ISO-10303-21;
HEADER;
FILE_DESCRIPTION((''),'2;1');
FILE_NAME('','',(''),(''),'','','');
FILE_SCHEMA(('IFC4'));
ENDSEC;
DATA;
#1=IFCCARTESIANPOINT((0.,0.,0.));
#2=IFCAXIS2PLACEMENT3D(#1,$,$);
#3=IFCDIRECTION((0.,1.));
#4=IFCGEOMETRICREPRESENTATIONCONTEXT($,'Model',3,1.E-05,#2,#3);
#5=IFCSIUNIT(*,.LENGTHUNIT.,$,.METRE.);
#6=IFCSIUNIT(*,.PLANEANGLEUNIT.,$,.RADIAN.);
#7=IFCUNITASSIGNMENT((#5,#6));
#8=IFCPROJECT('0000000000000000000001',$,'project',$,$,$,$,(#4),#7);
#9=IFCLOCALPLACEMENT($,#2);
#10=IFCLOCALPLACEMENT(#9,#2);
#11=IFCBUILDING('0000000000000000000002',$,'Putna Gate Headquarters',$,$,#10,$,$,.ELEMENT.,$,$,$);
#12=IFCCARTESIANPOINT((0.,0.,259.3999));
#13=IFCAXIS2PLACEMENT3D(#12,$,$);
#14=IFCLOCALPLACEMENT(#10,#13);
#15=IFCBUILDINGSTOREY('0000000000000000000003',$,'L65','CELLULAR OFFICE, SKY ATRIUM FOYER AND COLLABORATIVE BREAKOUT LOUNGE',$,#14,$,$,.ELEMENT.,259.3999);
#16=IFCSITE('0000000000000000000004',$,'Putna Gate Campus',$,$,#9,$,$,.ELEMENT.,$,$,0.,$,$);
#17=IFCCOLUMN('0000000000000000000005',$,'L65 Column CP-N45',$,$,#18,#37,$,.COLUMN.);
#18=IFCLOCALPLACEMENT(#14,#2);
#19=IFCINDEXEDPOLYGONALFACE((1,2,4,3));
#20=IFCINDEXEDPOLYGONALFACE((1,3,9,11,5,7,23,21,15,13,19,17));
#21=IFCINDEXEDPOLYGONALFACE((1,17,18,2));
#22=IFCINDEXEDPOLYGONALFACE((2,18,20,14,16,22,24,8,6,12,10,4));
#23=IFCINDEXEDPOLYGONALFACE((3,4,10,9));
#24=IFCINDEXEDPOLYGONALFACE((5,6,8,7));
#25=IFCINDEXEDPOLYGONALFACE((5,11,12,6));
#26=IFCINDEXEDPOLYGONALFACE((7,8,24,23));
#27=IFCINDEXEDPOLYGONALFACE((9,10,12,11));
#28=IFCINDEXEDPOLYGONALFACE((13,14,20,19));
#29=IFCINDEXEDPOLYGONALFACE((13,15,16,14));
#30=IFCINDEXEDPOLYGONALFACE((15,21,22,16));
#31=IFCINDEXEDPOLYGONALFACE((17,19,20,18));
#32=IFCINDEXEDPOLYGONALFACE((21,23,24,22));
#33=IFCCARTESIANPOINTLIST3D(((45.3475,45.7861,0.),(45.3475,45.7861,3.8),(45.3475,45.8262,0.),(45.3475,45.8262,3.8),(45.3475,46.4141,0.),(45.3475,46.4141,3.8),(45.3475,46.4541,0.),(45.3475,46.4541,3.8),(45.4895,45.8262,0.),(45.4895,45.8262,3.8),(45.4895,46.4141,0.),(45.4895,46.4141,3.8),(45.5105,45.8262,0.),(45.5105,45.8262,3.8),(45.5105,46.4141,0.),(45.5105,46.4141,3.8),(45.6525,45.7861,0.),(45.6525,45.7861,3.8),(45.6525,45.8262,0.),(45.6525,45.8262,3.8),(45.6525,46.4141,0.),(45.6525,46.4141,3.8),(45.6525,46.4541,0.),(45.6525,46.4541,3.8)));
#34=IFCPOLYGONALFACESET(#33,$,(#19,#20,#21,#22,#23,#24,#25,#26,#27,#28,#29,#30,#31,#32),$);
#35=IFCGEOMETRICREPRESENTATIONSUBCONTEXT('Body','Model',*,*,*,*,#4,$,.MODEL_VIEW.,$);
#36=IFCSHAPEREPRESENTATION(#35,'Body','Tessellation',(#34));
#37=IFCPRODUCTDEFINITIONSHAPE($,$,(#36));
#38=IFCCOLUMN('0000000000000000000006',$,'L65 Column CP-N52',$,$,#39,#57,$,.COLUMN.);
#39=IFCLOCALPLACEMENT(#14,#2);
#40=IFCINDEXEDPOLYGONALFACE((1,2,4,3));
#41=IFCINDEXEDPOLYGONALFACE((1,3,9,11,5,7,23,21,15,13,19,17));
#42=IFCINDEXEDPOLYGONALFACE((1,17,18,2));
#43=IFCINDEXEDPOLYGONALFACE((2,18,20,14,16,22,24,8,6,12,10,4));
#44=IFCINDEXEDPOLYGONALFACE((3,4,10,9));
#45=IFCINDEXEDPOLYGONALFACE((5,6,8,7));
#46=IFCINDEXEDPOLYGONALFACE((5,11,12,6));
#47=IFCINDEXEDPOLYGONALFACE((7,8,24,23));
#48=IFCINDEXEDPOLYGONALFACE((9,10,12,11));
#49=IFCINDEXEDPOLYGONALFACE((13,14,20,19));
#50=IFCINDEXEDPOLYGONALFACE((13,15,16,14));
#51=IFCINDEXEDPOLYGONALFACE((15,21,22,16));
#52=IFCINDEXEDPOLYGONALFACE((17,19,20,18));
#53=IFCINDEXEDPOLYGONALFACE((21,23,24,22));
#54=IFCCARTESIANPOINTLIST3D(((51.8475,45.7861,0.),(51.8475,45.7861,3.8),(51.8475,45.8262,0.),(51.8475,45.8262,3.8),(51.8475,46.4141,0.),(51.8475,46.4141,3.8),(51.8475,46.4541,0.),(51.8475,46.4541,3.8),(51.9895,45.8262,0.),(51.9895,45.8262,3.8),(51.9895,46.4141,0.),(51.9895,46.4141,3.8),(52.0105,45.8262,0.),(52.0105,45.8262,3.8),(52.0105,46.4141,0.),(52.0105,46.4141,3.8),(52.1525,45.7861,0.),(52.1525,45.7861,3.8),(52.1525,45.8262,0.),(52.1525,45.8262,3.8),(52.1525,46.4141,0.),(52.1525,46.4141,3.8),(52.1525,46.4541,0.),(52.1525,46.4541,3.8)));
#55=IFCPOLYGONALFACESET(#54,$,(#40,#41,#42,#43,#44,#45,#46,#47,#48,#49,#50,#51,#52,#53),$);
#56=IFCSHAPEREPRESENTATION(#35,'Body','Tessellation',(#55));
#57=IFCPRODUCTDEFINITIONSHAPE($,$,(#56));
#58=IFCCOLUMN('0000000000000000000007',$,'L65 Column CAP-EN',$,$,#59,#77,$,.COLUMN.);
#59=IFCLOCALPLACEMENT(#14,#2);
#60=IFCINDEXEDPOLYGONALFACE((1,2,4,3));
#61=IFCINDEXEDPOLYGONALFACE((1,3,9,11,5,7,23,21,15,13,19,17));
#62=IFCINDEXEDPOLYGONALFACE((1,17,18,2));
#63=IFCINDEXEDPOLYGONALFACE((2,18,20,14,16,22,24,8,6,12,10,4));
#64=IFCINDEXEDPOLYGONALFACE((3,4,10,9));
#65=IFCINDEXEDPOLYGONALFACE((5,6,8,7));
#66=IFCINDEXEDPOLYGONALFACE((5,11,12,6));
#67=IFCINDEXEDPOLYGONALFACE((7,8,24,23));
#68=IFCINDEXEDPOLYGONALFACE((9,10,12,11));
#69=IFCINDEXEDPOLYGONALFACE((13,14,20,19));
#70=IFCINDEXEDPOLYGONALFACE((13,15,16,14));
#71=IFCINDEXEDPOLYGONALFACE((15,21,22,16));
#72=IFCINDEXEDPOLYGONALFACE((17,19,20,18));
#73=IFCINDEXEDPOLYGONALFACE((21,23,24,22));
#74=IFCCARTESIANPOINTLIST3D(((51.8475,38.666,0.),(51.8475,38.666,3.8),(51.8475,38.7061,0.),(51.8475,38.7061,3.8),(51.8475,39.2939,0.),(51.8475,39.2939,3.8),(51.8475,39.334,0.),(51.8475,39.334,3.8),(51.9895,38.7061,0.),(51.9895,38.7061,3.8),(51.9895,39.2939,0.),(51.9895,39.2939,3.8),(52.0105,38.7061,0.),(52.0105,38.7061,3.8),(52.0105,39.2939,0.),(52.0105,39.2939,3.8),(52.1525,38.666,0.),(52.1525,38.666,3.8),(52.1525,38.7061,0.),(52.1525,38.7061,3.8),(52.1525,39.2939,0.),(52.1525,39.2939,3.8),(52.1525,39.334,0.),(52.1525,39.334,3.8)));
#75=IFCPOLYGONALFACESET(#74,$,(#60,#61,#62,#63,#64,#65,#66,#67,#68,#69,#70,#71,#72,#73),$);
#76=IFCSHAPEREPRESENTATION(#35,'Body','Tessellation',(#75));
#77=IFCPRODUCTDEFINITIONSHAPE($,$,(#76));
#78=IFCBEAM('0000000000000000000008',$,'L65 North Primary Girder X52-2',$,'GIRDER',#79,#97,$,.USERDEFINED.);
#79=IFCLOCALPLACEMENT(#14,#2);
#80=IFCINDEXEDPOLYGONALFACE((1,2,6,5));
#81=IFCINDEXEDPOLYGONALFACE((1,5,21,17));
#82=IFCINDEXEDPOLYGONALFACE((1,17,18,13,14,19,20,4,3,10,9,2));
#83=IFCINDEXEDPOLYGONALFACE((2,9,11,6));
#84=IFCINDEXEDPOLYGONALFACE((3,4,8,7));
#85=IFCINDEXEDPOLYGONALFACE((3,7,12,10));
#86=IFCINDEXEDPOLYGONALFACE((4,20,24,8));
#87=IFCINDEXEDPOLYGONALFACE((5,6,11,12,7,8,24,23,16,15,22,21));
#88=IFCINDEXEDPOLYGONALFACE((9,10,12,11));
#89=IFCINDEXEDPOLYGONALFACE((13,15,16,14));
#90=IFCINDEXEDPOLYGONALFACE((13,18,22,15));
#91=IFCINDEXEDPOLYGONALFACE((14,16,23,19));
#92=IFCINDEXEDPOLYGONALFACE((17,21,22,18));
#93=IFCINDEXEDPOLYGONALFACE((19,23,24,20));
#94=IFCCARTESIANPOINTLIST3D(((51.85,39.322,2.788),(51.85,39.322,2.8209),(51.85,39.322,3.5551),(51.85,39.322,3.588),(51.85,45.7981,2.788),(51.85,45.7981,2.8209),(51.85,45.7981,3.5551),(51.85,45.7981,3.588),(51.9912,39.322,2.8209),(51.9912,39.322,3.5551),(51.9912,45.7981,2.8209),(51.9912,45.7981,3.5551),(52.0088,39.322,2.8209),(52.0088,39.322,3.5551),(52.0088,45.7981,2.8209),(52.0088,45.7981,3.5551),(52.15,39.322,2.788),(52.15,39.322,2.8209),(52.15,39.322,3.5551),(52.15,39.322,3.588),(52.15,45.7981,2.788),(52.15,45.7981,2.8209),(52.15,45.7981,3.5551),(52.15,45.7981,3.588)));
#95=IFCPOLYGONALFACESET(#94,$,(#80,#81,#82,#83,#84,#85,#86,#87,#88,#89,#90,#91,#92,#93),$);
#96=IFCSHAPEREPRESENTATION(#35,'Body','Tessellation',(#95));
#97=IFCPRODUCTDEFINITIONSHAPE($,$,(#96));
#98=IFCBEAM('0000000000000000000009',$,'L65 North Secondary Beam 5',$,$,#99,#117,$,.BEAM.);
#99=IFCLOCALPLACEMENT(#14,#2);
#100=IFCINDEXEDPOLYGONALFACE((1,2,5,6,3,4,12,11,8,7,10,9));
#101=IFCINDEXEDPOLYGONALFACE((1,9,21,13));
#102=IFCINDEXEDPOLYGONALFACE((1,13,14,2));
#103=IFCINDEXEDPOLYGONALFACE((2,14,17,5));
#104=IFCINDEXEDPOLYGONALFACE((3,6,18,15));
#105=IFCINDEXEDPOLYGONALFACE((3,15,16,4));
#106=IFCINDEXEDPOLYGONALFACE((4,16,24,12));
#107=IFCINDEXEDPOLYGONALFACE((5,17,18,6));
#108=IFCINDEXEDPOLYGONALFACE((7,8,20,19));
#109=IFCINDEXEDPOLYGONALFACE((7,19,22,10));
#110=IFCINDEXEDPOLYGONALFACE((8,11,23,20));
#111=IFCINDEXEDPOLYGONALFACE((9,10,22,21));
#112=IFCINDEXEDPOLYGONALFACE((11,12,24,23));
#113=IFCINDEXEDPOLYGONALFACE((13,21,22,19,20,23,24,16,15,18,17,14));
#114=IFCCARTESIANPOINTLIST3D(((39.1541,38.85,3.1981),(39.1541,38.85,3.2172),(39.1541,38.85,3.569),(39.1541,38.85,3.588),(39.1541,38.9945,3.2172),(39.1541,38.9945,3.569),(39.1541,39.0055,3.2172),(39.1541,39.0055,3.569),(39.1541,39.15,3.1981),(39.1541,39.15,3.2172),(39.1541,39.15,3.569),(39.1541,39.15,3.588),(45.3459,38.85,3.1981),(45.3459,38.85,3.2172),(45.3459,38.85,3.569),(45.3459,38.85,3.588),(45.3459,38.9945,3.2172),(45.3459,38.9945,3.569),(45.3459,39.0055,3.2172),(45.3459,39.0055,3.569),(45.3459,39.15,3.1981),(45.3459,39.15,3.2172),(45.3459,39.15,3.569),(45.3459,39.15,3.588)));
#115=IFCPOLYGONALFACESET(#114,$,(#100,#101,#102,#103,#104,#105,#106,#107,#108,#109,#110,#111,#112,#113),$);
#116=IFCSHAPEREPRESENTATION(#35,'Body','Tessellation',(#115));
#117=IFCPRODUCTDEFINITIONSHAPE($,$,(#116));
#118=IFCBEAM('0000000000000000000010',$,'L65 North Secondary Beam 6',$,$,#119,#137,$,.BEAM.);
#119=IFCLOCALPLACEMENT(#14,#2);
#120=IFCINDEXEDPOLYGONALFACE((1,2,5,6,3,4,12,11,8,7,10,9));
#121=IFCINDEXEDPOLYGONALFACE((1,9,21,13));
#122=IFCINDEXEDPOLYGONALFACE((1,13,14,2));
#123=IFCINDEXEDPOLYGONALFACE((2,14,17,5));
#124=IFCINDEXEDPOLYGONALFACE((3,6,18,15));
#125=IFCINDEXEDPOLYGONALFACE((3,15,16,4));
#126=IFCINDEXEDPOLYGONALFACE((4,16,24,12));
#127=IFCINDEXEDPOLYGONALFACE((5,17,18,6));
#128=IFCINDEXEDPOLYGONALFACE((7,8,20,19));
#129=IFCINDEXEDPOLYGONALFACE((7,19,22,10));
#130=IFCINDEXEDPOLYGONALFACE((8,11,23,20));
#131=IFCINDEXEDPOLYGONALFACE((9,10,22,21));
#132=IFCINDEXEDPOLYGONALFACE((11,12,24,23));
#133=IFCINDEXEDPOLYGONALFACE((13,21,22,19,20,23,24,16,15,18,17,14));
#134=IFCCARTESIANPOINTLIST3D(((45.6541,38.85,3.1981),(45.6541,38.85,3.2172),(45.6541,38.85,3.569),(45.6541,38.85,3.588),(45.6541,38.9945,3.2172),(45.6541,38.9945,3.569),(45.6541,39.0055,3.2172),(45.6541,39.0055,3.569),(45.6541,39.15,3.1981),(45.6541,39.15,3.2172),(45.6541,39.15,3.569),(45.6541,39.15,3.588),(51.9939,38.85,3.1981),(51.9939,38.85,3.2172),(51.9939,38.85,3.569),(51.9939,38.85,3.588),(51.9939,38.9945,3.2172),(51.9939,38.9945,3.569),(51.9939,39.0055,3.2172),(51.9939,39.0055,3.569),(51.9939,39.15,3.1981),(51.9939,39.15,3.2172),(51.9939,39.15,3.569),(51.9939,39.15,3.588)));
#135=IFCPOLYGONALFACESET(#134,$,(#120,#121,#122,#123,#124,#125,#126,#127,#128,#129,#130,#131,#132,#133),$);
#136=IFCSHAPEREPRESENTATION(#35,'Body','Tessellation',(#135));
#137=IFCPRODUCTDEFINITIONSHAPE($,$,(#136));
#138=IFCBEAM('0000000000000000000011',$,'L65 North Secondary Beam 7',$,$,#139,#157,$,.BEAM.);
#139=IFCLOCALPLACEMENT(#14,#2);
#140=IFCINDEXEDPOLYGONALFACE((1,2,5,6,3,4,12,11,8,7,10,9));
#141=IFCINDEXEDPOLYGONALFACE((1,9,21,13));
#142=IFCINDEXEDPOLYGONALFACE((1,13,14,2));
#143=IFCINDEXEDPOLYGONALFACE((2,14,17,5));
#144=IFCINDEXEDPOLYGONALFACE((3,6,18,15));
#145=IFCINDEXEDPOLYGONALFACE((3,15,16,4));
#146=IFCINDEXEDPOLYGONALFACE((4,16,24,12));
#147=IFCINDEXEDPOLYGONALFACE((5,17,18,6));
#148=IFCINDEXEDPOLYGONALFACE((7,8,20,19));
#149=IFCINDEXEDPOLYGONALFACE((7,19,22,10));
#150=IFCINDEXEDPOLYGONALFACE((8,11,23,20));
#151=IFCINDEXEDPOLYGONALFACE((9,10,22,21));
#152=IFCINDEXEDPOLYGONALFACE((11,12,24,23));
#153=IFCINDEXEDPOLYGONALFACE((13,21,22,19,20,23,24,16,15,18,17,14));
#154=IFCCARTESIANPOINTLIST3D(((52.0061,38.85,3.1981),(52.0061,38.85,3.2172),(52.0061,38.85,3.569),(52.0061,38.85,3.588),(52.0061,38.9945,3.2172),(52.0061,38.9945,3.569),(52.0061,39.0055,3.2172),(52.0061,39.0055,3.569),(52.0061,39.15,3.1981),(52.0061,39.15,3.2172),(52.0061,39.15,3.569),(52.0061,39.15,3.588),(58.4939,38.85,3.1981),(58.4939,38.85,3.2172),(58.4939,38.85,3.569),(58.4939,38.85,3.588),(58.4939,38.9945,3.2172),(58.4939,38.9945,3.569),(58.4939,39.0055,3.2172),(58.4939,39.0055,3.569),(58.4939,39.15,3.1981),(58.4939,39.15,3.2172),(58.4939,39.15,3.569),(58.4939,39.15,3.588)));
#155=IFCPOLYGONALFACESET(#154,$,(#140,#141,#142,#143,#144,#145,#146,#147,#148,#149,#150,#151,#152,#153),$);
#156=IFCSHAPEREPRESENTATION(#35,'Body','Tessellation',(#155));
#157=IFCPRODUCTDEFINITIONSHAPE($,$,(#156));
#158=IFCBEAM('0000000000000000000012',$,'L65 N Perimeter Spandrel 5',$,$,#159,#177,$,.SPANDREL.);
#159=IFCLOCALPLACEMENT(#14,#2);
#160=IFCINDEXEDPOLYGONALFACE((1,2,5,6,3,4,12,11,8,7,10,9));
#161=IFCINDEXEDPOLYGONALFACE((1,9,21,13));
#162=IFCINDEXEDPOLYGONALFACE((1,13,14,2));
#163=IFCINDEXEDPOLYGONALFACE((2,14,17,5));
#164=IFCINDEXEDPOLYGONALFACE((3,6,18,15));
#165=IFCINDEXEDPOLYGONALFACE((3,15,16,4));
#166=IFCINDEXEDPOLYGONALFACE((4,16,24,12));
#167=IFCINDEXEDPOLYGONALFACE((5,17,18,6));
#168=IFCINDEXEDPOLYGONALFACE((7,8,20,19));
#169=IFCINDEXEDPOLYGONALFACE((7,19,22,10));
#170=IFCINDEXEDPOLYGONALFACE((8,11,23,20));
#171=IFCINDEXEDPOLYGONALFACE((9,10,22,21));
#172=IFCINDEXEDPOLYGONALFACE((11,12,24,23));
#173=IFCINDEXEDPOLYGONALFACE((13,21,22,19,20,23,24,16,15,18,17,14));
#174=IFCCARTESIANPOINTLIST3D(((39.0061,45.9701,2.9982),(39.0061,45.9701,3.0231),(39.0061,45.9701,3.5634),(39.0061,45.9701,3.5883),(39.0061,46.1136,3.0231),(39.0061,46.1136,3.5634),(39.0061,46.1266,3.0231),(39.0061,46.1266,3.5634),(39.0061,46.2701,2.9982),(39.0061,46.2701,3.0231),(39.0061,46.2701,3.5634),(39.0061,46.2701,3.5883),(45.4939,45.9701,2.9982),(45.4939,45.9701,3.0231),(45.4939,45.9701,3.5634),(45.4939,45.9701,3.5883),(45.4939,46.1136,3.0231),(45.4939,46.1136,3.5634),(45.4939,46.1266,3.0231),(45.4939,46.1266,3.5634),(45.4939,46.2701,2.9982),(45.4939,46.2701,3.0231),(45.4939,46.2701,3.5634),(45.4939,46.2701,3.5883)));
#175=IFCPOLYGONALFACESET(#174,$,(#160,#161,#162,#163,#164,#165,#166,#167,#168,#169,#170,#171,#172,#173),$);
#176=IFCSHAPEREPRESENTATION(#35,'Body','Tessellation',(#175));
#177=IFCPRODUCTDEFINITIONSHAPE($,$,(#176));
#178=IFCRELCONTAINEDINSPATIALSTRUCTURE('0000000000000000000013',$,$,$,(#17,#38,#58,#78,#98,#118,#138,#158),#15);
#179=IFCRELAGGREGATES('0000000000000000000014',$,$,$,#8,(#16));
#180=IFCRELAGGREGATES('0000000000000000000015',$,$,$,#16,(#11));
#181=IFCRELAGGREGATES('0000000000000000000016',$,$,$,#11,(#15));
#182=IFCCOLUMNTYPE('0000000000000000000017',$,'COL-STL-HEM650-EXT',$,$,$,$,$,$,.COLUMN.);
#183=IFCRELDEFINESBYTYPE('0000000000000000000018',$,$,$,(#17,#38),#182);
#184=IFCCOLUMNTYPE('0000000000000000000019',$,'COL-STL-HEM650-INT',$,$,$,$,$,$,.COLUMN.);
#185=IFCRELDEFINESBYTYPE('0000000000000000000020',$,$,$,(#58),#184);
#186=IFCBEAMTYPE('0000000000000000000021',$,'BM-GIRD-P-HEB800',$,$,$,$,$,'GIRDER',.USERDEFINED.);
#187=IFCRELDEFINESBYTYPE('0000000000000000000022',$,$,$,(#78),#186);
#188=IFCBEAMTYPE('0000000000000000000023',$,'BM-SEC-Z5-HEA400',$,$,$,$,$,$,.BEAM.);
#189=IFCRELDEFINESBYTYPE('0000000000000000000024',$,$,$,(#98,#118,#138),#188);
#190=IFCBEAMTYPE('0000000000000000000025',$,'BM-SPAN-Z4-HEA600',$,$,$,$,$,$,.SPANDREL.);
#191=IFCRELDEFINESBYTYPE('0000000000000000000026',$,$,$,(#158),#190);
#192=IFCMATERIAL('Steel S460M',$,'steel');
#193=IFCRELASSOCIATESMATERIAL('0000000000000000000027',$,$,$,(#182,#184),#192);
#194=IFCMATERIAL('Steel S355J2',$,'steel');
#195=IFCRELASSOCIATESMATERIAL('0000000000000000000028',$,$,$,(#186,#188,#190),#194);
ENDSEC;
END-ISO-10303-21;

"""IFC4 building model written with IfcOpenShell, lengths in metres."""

from ifc_helpers import new_model, si_unit, direction, frame, origin, origin_2d, place, context, subcontext, project, spatial, i_section, extrude, material, material_profile, profile_set, type_object, element, save


model = new_model("IFC4")

# Units and contexts
model_context = context("Model", 3, precision=1e-05, world=origin(), true_north=direction((0.0, 1.0)))
body_context = subcontext(model_context, "Body", "Model", "MODEL_VIEW")
ifc_project = project(units=[si_unit("LENGTHUNIT", "METRE"), si_unit("PLANEANGLEUNIT", "RADIAN")], contexts=[model_context])

# Site, building, storey
site_placement = place(None, origin())
site = spatial("IfcSite", under=ifc_project, at=site_placement, Name="Putna Gate Campus", CompositionType="ELEMENT", RefElevation=0.0)
building_placement = place(site_placement, origin())
building = spatial("IfcBuilding", under=site, at=building_placement, Name="Putna Gate Headquarters", CompositionType="ELEMENT")
storey_placement = place(building_placement, frame((0.0, 0.0, 259.3999)))
storey = spatial("IfcBuildingStorey", under=building, at=storey_placement, Name="L65", Description="CELLULAR OFFICE, SKY ATRIUM FOYER AND COLLABORATIVE BREAKOUT LOUNGE", CompositionType="ELEMENT", Elevation=259.3999)

# Columns
ifc_material_1 = material(Name="Steel S460M", Category="steel")
ifc_material_profile_1 = material_profile(ifc_material_1, i_section(OverallWidth=0.3049, OverallDepth=0.668, WebThickness=0.021, FlangeThickness=0.04, at=origin_2d()), Name="Steel S460M")
ifc_profile_set_1 = profile_set([ifc_material_profile_1], Name="Steel S460M")
column_type_1 = type_object("IfcColumnType", Name="COL-STL-HEM650-EXT", PredefinedType="COLUMN", material=ifc_profile_set_1)
for number, where, z_axis, x_axis, name in (
    (1, (45.5, 46.1201, 0.0), (0.0, 0.0, 1.0), (1.0, 0.0, 0.0), "L65 Column CP-N45"),
    (2, (52.0, 46.1201, 0.0), (0.0, 0.0, 1.0), (1.0, 0.0, 0.0), "L65 Column CP-N52"),
):
    element("IfcColumn", number, at=place(storey_placement, frame(where, z_axis=z_axis, x_axis=x_axis)), inside=storey, type_object=column_type_1, Name=name, PredefinedType="COLUMN", context=body_context, shape_type="SweptSolid", body=[
        extrude(i_section(OverallWidth=0.3049, OverallDepth=0.668, WebThickness=0.021, FlangeThickness=0.04, at=origin_2d()), origin(), (0.0, 0.0, 1.0), 3.8),
    ])
ifc_material_profile_2 = material_profile(ifc_material_1, i_section(OverallWidth=0.3049, OverallDepth=0.668, WebThickness=0.021, FlangeThickness=0.04, at=origin_2d()), Name="Steel S460M")
ifc_profile_set_2 = profile_set([ifc_material_profile_2], Name="Steel S460M")
column_type_2 = type_object("IfcColumnType", Name="COL-STL-HEM650-INT", PredefinedType="COLUMN", material=ifc_profile_set_2)
column_placement = place(storey_placement, frame((52.0, 39.0, 0.0), z_axis=(0.0, 0.0, 1.0), x_axis=(1.0, 0.0, 0.0)))
element("IfcColumn", 3, at=column_placement, inside=storey, type_object=column_type_2, Name="L65 Column CAP-EN", PredefinedType="COLUMN", context=body_context, shape_type="SweptSolid", body=[
    extrude(i_section(OverallWidth=0.3049, OverallDepth=0.668, WebThickness=0.021, FlangeThickness=0.04, at=origin_2d()), origin(), (0.0, 0.0, 1.0), 3.8),
])

# Beams
ifc_material_2 = material(Name="Steel S355J2", Category="steel")
ifc_material_profile_3 = material_profile(ifc_material_2, i_section(OverallWidth=0.3, OverallDepth=0.8, WebThickness=0.0176, FlangeThickness=0.033, at=origin_2d()), Name="Steel S355J2")
ifc_profile_set_3 = profile_set([ifc_material_profile_3], Name="Steel S355J2")
beam_type_1 = type_object("IfcBeamType", Name="BM-GIRD-P-HEB800", ElementType="GIRDER", PredefinedType="USERDEFINED", material=ifc_profile_set_3)
beam_1_placement = place(storey_placement, frame((52.0, 39.322, 3.188), z_axis=(0.0, 1.0, 0.0), x_axis=(-1.0, 0.0, 0.0)))
element("IfcBeam", 4, at=beam_1_placement, inside=storey, type_object=beam_type_1, Name="L65 North Primary Girder X52-2", ObjectType="GIRDER", PredefinedType="USERDEFINED", context=body_context, shape_type="SweptSolid", body=[
    extrude(i_section(OverallWidth=0.3, OverallDepth=0.8, WebThickness=0.0176, FlangeThickness=0.033, at=origin_2d()), origin(), (0.0, 0.0, 1.0), 6.4761),
])
ifc_material_profile_4 = material_profile(ifc_material_2, i_section(OverallWidth=0.3, OverallDepth=0.3899, WebThickness=0.011, FlangeThickness=0.019, at=origin_2d()), Name="Steel S355J2")
ifc_profile_set_4 = profile_set([ifc_material_profile_4], Name="Steel S355J2")
beam_type_2 = type_object("IfcBeamType", Name="BM-SEC-Z5-HEA400", PredefinedType="BEAM", material=ifc_profile_set_4)
beam_2_placement = place(storey_placement, frame((39.1541, 39.0, 3.3931), z_axis=(1.0, 0.0, 0.0), x_axis=(0.0, 1.0, 0.0)))
element("IfcBeam", 5, at=beam_2_placement, inside=storey, type_object=beam_type_2, Name="L65 North Secondary Beam 5", PredefinedType="BEAM", context=body_context, shape_type="SweptSolid", body=[
    extrude(i_section(OverallWidth=0.3, OverallDepth=0.3899, WebThickness=0.011, FlangeThickness=0.019, at=origin_2d()), origin(), (0.0, 0.0, 1.0), 6.1919),
])
beam_3_placement = place(storey_placement, frame((45.6541, 39.0, 3.3931), z_axis=(1.0, 0.0, 0.0), x_axis=(0.0, 1.0, 0.0)))
element("IfcBeam", 6, at=beam_3_placement, inside=storey, type_object=beam_type_2, Name="L65 North Secondary Beam 6", PredefinedType="BEAM", context=body_context, shape_type="SweptSolid", body=[
    extrude(i_section(OverallWidth=0.3, OverallDepth=0.3899, WebThickness=0.011, FlangeThickness=0.019, at=origin_2d()), origin(), (0.0, 0.0, 1.0), 6.3398),
])
beam_4_placement = place(storey_placement, frame((52.0061, 39.0, 3.3931), z_axis=(1.0, 0.0, 0.0), x_axis=(0.0, 1.0, 0.0)))
element("IfcBeam", 7, at=beam_4_placement, inside=storey, type_object=beam_type_2, Name="L65 North Secondary Beam 7", PredefinedType="BEAM", context=body_context, shape_type="SweptSolid", body=[
    extrude(i_section(OverallWidth=0.3, OverallDepth=0.3899, WebThickness=0.011, FlangeThickness=0.019, at=origin_2d()), origin(), (0.0, 0.0, 1.0), 6.4878),
])
ifc_material_profile_5 = material_profile(ifc_material_2, i_section(OverallWidth=0.3, OverallDepth=0.5901, WebThickness=0.0129, FlangeThickness=0.0249, at=origin_2d()), Name="Steel S355J2")
ifc_profile_set_5 = profile_set([ifc_material_profile_5], Name="Steel S355J2")
beam_type_3 = type_object("IfcBeamType", Name="BM-SPAN-Z4-HEA600", PredefinedType="SPANDREL", material=ifc_profile_set_5)
for number, where, z_axis, x_axis, name in (
    (8, (39.0061, 46.1201, 3.2932), (1.0, 0.0, 0.0), (0.0, 1.0, 0.0), "L65 N Perimeter Spandrel 5"),
):
    element("IfcBeam", number, at=place(storey_placement, frame(where, z_axis=z_axis, x_axis=x_axis)), inside=storey, type_object=beam_type_3, Name=name, PredefinedType="SPANDREL", context=body_context, shape_type="SweptSolid", body=[
        extrude(i_section(OverallWidth=0.3, OverallDepth=0.5901, WebThickness=0.0129, FlangeThickness=0.0249, at=origin_2d()), origin(), (0.0, 0.0, 1.0), 6.4878),
    ])

save(model, "model.ifc")
